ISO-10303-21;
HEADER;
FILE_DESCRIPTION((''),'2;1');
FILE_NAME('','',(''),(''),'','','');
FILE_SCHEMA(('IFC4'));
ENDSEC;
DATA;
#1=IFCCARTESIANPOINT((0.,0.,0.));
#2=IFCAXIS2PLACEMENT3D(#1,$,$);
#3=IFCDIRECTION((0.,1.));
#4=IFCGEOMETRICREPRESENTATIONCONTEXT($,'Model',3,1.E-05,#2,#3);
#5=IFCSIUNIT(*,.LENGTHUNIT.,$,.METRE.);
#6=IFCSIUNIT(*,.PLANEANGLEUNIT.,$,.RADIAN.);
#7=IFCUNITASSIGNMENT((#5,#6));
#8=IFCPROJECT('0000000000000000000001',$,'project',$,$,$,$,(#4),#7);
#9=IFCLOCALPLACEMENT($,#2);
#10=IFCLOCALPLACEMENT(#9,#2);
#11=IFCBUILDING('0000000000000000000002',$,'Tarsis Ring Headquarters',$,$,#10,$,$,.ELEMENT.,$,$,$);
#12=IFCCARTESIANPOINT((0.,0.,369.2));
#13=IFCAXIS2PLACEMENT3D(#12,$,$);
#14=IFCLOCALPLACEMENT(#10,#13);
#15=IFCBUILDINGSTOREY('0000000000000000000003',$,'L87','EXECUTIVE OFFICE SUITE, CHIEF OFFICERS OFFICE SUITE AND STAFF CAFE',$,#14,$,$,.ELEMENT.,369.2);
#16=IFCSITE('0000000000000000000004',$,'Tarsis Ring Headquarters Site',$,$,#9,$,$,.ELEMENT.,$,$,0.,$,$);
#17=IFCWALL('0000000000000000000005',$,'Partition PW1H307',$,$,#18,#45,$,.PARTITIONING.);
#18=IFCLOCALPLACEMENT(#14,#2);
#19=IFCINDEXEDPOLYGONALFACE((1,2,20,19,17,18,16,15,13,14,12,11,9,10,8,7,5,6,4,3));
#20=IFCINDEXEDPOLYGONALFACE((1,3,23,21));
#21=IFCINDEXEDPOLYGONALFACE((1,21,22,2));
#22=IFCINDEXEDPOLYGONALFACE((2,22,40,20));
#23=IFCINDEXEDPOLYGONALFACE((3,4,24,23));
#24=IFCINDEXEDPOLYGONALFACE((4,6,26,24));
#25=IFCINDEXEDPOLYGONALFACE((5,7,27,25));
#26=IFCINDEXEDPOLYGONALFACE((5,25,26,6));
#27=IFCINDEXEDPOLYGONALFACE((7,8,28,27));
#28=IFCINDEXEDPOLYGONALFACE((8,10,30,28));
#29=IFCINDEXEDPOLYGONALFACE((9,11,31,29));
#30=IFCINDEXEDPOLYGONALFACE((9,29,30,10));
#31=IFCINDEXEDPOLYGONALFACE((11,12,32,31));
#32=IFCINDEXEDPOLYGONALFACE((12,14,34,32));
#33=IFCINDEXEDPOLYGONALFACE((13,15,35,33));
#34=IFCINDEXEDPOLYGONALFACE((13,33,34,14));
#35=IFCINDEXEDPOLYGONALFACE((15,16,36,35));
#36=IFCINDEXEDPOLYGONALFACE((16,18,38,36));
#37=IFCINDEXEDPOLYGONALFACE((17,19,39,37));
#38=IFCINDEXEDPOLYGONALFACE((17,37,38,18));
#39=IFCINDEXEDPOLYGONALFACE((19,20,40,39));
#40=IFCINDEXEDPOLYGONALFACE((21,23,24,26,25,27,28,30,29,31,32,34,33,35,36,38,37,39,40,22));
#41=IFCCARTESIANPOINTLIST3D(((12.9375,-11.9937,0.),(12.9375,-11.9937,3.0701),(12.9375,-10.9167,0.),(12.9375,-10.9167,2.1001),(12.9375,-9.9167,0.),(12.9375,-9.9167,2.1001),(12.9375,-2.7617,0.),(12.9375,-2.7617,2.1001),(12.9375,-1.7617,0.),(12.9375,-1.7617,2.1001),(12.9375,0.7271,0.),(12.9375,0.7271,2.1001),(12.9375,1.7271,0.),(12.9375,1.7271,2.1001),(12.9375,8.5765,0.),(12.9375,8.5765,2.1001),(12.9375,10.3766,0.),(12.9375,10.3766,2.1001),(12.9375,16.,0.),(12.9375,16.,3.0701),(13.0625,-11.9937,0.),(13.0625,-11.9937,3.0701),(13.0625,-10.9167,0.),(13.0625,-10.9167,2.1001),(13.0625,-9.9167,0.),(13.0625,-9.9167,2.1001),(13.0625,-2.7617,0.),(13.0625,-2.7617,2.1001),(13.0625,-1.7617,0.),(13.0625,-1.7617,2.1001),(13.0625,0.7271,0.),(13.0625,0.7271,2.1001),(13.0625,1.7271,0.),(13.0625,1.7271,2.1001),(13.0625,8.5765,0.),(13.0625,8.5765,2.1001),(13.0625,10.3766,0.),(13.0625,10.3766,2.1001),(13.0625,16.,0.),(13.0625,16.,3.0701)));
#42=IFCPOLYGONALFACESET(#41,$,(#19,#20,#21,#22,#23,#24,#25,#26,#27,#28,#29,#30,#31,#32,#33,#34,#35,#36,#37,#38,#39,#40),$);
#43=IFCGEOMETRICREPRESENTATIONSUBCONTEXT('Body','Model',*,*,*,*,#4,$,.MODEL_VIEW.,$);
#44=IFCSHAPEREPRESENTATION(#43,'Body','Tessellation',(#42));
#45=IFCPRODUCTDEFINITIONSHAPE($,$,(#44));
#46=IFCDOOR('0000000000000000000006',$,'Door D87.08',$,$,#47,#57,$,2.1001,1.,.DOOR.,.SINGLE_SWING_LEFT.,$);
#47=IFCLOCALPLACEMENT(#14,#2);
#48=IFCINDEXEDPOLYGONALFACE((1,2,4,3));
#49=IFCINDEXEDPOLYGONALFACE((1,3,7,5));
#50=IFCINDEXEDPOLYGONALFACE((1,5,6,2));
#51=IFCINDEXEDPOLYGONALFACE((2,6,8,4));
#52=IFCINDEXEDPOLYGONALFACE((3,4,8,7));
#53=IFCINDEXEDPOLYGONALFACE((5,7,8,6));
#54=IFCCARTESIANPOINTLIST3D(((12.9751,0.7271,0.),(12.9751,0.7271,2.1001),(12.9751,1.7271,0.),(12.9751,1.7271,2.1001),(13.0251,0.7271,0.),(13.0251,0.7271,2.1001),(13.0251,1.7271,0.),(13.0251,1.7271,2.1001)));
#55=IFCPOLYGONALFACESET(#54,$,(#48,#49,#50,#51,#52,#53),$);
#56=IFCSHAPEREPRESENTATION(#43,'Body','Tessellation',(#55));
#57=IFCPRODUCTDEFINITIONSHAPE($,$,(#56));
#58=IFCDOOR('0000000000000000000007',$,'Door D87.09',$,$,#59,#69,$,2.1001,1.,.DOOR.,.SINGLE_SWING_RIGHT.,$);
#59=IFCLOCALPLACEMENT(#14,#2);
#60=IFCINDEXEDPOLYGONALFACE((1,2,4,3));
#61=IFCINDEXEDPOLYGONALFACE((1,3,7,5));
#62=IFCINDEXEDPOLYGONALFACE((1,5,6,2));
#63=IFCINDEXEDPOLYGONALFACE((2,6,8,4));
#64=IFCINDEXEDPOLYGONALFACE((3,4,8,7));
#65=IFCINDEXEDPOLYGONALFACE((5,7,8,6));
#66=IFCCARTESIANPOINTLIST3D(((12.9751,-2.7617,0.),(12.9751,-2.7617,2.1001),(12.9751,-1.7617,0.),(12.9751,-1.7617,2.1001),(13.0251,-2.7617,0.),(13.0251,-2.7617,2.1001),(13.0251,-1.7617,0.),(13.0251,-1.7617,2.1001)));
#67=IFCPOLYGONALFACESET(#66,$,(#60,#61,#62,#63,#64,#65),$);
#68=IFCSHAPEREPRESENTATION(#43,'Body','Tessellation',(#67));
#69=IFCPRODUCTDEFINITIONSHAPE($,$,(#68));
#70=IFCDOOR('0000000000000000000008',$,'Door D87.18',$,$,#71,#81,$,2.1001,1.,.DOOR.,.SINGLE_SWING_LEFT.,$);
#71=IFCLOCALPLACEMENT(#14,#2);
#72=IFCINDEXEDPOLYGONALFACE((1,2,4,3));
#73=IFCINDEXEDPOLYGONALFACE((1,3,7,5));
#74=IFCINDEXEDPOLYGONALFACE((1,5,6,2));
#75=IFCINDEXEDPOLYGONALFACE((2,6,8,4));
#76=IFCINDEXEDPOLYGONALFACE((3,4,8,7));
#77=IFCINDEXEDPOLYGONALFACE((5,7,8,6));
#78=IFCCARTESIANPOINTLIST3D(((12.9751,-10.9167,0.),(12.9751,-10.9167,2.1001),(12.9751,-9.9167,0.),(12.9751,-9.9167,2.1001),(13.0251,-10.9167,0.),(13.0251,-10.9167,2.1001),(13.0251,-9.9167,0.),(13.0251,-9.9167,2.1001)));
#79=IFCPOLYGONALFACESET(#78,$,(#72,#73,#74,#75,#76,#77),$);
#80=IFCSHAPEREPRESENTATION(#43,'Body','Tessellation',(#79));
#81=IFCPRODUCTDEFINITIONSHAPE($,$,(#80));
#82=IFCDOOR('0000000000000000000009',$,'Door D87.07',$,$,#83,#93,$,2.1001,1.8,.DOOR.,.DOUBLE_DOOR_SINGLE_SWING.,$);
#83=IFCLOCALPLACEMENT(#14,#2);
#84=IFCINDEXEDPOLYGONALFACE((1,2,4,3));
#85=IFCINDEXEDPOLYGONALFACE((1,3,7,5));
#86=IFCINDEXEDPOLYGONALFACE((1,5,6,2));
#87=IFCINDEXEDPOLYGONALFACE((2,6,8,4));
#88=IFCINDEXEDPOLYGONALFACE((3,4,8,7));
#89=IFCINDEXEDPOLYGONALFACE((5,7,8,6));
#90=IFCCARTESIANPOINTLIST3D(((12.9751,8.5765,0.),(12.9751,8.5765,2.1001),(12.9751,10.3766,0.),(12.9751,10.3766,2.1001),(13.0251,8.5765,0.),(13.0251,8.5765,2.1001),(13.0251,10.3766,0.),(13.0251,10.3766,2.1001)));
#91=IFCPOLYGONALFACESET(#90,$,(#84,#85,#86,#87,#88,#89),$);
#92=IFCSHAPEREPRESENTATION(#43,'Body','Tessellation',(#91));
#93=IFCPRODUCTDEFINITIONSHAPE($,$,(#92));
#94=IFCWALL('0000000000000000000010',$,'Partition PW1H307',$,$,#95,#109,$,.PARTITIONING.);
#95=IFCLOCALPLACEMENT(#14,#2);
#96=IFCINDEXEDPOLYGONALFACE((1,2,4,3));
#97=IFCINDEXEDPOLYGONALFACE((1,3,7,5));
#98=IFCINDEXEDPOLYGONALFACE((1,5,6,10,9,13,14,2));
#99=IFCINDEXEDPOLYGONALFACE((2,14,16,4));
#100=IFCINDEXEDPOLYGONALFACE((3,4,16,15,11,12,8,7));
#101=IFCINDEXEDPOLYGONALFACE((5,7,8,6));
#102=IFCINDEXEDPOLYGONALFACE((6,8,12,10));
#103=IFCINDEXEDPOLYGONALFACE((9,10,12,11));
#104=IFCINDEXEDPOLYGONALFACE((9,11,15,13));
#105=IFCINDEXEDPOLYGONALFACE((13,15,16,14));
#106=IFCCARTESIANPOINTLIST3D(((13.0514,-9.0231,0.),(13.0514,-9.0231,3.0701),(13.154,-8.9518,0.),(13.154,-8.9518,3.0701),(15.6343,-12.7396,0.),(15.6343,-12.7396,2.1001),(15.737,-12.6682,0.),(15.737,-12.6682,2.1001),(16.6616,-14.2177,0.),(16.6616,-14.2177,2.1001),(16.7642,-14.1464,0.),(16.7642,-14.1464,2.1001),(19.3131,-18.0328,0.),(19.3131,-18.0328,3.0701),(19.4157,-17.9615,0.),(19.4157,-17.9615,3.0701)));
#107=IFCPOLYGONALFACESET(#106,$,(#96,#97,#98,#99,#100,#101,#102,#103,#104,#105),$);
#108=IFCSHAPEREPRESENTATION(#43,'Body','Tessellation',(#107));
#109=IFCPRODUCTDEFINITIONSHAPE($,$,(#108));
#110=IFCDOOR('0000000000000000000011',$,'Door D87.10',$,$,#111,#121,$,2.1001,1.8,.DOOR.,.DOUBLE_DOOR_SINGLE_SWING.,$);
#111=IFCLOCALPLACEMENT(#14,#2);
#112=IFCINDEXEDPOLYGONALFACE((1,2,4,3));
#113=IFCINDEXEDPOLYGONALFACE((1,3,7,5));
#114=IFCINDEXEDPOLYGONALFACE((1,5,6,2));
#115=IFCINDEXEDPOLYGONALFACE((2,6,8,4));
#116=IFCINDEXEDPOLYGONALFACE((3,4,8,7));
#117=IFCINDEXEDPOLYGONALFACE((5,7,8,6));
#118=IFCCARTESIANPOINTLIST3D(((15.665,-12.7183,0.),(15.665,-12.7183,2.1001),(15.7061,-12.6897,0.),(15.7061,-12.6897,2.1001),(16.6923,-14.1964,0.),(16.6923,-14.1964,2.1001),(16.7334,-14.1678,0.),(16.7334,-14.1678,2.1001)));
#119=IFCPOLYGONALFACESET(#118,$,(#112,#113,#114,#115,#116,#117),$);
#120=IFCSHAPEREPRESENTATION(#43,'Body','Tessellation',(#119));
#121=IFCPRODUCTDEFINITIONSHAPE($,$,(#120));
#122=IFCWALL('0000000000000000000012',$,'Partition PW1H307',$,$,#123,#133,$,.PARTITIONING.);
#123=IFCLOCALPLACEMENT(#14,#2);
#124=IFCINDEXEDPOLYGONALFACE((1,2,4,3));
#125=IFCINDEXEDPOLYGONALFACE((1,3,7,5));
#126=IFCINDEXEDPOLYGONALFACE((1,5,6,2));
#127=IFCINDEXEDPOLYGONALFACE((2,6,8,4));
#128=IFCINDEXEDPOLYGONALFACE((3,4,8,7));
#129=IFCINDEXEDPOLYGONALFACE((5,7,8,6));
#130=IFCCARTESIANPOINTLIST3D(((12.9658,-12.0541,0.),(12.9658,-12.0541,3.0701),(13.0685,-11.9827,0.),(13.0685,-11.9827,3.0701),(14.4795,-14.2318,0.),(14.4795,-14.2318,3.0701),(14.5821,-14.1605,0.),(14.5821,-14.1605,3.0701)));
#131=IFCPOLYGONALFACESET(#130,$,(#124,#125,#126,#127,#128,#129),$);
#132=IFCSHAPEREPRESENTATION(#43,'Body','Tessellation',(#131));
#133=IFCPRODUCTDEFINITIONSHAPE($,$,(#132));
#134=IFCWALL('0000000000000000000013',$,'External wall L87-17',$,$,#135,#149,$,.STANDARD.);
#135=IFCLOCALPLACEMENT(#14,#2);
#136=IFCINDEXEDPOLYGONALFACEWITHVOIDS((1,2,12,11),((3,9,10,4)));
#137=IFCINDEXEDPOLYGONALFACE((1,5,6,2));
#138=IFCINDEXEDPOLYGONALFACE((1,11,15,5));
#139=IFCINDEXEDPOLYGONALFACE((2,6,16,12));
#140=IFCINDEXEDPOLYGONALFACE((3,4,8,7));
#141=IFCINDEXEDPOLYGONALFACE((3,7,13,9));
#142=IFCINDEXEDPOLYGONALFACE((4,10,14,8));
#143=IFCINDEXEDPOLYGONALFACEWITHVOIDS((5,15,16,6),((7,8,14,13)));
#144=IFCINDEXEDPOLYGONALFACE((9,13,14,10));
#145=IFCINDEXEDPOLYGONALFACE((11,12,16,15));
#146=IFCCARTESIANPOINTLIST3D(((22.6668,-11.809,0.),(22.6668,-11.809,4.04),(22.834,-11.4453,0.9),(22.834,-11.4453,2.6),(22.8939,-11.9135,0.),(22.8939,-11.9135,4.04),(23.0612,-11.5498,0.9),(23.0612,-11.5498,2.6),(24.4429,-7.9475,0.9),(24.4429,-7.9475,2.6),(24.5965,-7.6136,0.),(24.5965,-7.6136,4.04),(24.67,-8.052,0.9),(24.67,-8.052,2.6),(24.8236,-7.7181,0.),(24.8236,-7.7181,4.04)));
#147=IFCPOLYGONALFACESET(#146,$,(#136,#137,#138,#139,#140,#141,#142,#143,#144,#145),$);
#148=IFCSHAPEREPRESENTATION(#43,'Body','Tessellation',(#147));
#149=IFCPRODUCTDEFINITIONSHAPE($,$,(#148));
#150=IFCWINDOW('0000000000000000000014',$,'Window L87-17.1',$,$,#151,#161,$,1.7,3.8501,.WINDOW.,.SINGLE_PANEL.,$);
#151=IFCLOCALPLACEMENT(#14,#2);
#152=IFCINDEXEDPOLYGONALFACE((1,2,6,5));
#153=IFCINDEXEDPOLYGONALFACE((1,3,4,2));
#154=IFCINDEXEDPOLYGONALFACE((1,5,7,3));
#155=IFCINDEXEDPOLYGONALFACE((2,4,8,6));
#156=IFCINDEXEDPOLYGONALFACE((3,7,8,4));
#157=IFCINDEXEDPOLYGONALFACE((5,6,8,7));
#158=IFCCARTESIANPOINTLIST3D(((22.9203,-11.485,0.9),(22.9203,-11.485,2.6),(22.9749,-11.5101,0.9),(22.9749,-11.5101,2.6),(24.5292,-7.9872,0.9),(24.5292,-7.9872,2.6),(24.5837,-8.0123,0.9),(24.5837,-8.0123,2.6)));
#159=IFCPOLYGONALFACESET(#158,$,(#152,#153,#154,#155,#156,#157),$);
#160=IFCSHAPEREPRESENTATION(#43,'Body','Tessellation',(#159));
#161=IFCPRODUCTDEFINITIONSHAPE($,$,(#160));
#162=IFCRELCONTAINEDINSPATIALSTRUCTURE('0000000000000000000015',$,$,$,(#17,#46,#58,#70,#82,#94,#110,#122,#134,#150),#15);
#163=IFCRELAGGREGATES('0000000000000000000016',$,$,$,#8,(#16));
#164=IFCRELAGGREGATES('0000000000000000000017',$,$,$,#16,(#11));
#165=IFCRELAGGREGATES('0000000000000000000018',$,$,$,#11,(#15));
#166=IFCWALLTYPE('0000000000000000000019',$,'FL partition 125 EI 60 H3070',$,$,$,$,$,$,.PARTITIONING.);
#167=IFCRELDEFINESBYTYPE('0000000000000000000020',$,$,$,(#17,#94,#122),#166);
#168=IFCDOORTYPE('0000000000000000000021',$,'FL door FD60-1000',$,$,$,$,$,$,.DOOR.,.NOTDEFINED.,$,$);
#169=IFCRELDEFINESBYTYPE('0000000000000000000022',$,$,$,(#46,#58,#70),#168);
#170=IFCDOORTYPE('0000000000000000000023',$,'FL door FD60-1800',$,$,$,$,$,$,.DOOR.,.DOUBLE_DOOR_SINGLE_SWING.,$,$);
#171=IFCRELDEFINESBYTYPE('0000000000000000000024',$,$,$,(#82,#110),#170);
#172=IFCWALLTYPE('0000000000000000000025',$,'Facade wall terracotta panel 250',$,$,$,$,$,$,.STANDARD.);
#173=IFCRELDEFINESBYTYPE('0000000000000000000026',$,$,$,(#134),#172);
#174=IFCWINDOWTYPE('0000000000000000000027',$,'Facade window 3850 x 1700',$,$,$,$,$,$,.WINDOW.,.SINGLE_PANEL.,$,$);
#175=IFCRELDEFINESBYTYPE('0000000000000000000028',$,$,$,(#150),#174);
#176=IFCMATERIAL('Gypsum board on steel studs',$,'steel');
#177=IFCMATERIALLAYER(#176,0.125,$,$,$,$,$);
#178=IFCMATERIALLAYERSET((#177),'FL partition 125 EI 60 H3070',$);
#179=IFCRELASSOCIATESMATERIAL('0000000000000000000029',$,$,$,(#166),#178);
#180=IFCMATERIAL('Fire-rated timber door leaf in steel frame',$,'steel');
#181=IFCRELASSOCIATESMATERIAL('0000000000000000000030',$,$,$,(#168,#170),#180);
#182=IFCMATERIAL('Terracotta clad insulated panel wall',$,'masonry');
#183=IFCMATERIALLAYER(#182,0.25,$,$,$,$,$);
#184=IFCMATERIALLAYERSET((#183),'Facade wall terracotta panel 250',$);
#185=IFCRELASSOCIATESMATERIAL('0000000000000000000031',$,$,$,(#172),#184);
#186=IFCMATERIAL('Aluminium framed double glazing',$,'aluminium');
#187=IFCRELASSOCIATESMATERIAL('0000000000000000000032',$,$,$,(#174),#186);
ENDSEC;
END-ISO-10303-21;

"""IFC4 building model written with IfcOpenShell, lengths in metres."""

from ifc_helpers import new_model, si_unit, direction, frame, frame_2d, origin, place, context, subcontext, project, spatial, rectangle, extrude, material, layer, layer_set, type_object, element, fill, save


model = new_model("IFC4")

# Units and contexts
model_context = context("Model", 3, precision=1e-05, world=origin(), true_north=direction((0.0, 1.0)))
body_context = subcontext(model_context, "Body", "Model", "MODEL_VIEW")
ifc_project = project(units=[si_unit("LENGTHUNIT", "METRE"), si_unit("PLANEANGLEUNIT", "RADIAN")], contexts=[model_context])

# Site, building, storey
site_placement = place(None, origin())
site = spatial("IfcSite", under=ifc_project, at=site_placement, Name="Tarsis Ring Headquarters Site", CompositionType="ELEMENT", RefElevation=0.0)
building_placement = place(site_placement, origin())
building = spatial("IfcBuilding", under=site, at=building_placement, Name="Tarsis Ring Headquarters", CompositionType="ELEMENT")
storey_placement = place(building_placement, frame((0.0, 0.0, 369.2)))
storey = spatial("IfcBuildingStorey", under=building, at=storey_placement, Name="L87", Description="EXECUTIVE OFFICE SUITE, CHIEF OFFICERS OFFICE SUITE AND STAFF CAFE", CompositionType="ELEMENT", Elevation=369.2)

# Shared definitions
ifc_material_1 = material(Name="Gypsum board on steel studs", Category="steel")

# Wall, openings, doors
ifc_layer_1 = layer(ifc_material_1, 0.125)
ifc_layer_set_1 = layer_set([ifc_layer_1], Name="FL partition 125 EI 60 H3070")
wall_type_1 = type_object("IfcWallType", Name="FL partition 125 EI 60 H3070", PredefinedType="PARTITIONING", material=ifc_layer_set_1)
wall_1_placement = place(storey_placement, frame((13.0, -11.9937, 0.0), z_axis=(0.0, 0.0, 1.0), x_axis=(0.0, 1.0, 0.0)))
wall_1 = element("IfcWall", 1, at=wall_1_placement, inside=storey, type_object=wall_type_1, Name="Partition PW1H307", PredefinedType="PARTITIONING", context=body_context, shape_type="SweptSolid", body=[
    extrude(rectangle(XDim=27.9937, YDim=0.125, at=frame_2d((13.9968, 0.0))), origin(), (0.0, 0.0, 1.0), 3.0701),
])
opening_1_placement = place(wall_1_placement, frame((20.5703, 0.0, 0.0)))
opening_1 = element("IfcOpeningElement", 2, at=opening_1_placement, cuts=wall_1, PredefinedType="OPENING", context=body_context, shape_type="SweptSolid", body=[
    extrude(rectangle(XDim=1.8, YDim=2.1001, at=frame_2d((0.8999, 1.05))), frame((0.0, 0.0725, 0.0), z_axis=(0.0, -1.0, 0.0), x_axis=(1.0, 0.0, 0.0)), (0.0, 0.0, 1.0), 0.145),
])
opening_2_placement = place(wall_1_placement, frame((12.7207, 0.0, 0.0)))
opening_2 = element("IfcOpeningElement", 3, at=opening_2_placement, cuts=wall_1, PredefinedType="OPENING", context=body_context, shape_type="SweptSolid", body=[
    extrude(rectangle(XDim=1.0, YDim=2.1001, at=frame_2d((0.5, 1.05))), frame((0.0, 0.0725, 0.0), z_axis=(0.0, -1.0, 0.0), x_axis=(1.0, 0.0, 0.0)), (0.0, 0.0, 1.0), 0.145),
])
opening_3_placement = place(wall_1_placement, frame((9.2319, 0.0, 0.0)))
opening_3 = element("IfcOpeningElement", 4, at=opening_3_placement, cuts=wall_1, PredefinedType="OPENING", context=body_context, shape_type="SweptSolid", body=[
    extrude(rectangle(XDim=1.0, YDim=2.1001, at=frame_2d((0.5, 1.05))), frame((0.0, 0.0725, 0.0), z_axis=(0.0, -1.0, 0.0), x_axis=(1.0, 0.0, 0.0)), (0.0, 0.0, 1.0), 0.145),
])
opening_4_placement = place(wall_1_placement, frame((1.0769, 0.0, 0.0)))
opening_4 = element("IfcOpeningElement", 5, at=opening_4_placement, cuts=wall_1, PredefinedType="OPENING", context=body_context, shape_type="SweptSolid", body=[
    extrude(rectangle(XDim=1.0, YDim=2.1001, at=frame_2d((0.5, 1.05))), frame((0.0, 0.0725, 0.0), z_axis=(0.0, -1.0, 0.0), x_axis=(1.0, 0.0, 0.0)), (0.0, 0.0, 1.0), 0.145),
])
ifc_material_2 = material(Name="Fire-rated timber door leaf in steel frame", Category="steel")
door_type_1 = type_object("IfcDoorType", Name="FL door FD60-1000", OperationType="NOTDEFINED", PredefinedType="DOOR", material=ifc_material_2)
door_1_placement = place(opening_2_placement, origin())
door_1 = element("IfcDoor", 6, at=door_1_placement, inside=storey, type_object=door_type_1, Name="Door D87.08", OperationType="SINGLE_SWING_LEFT", OverallHeight=2.1001, OverallWidth=1.0, PredefinedType="DOOR", context=body_context, shape_type="SweptSolid", body=[
    extrude(rectangle(XDim=1.0, YDim=2.1001, at=frame_2d((0.5, 1.05))), frame((0.0, 0.0249, 0.0), z_axis=(0.0, -1.0, 0.0), x_axis=(1.0, 0.0, 0.0)), (0.0, 0.0, 1.0), 0.05),
])
fill(opening_2, door_1)
door_2_placement = place(opening_3_placement, origin())
door_2 = element("IfcDoor", 7, at=door_2_placement, inside=storey, type_object=door_type_1, Name="Door D87.09", OperationType="SINGLE_SWING_RIGHT", OverallHeight=2.1001, OverallWidth=1.0, PredefinedType="DOOR", context=body_context, shape_type="SweptSolid", body=[
    extrude(rectangle(XDim=1.0, YDim=2.1001, at=frame_2d((0.5, 1.05))), frame((0.0, 0.0249, 0.0), z_axis=(0.0, -1.0, 0.0), x_axis=(1.0, 0.0, 0.0)), (0.0, 0.0, 1.0), 0.05),
])
fill(opening_3, door_2)
door_3_placement = place(opening_4_placement, origin())
door_3 = element("IfcDoor", 8, at=door_3_placement, inside=storey, type_object=door_type_1, Name="Door D87.18", OperationType="SINGLE_SWING_LEFT", OverallHeight=2.1001, OverallWidth=1.0, PredefinedType="DOOR", context=body_context, shape_type="SweptSolid", body=[
    extrude(rectangle(XDim=1.0, YDim=2.1001, at=frame_2d((0.5, 1.05))), frame((0.0, 0.0249, 0.0), z_axis=(0.0, -1.0, 0.0), x_axis=(1.0, 0.0, 0.0)), (0.0, 0.0, 1.0), 0.05),
])
fill(opening_4, door_3)
door_type_2 = type_object("IfcDoorType", Name="FL door FD60-1800", OperationType="DOUBLE_DOOR_SINGLE_SWING", PredefinedType="DOOR", material=ifc_material_2)
door_4_placement = place(opening_1_placement, origin())
door_4 = element("IfcDoor", 9, at=door_4_placement, inside=storey, type_object=door_type_2, Name="Door D87.07", OperationType="DOUBLE_DOOR_SINGLE_SWING", OverallHeight=2.1001, OverallWidth=1.8, PredefinedType="DOOR", context=body_context, shape_type="SweptSolid", body=[
    extrude(rectangle(XDim=1.8, YDim=2.1001, at=frame_2d((0.8999, 1.05))), frame((0.0, 0.0249, 0.0), z_axis=(0.0, -1.0, 0.0), x_axis=(1.0, 0.0, 0.0)), (0.0, 0.0, 1.0), 0.05),
])
fill(opening_1, door_4)

# Wall, opening, door
wall_2_placement = place(storey_placement, frame((13.1028, -8.9875, 0.0), z_axis=(0.0, 0.0, 1.0), x_axis=(0.570699, -0.821159, 0.0)))
wall_2 = element("IfcWall", 10, at=wall_2_placement, inside=storey, type_object=wall_type_1, Name="Partition PW1H307", PredefinedType="PARTITIONING", context=body_context, shape_type="SweptSolid", body=[
    extrude(rectangle(XDim=10.9719, YDim=0.125, at=frame_2d((5.4858, 0.0))), origin(), (0.0, 0.0, 1.0), 3.0701),
])
opening_5_placement = place(wall_2_placement, frame((4.5259, 0.0, 0.0)))
opening_5 = element("IfcOpeningElement", 11, at=opening_5_placement, cuts=wall_2, PredefinedType="OPENING", context=body_context, shape_type="SweptSolid", body=[
    extrude(rectangle(XDim=1.8, YDim=2.1001, at=frame_2d((0.8999, 1.05))), frame((0.0, 0.0725, 0.0), z_axis=(0.0, -1.0, 0.0), x_axis=(1.0, 0.0, 0.0)), (0.0, 0.0, 1.0), 0.145),
])
door_5_placement = place(opening_5_placement, origin())
door_5 = element("IfcDoor", 12, at=door_5_placement, inside=storey, type_object=door_type_2, Name="Door D87.10", OperationType="DOUBLE_DOOR_SINGLE_SWING", OverallHeight=2.1001, OverallWidth=1.8, PredefinedType="DOOR", context=body_context, shape_type="SweptSolid", body=[
    extrude(rectangle(XDim=1.8, YDim=2.1001, at=frame_2d((0.8999, 1.05))), frame((0.0, 0.0249, 0.0), z_axis=(0.0, -1.0, 0.0), x_axis=(1.0, 0.0, 0.0)), (0.0, 0.0, 1.0), 0.05),
])
fill(opening_5, door_5)

# Wall
wall_3_placement = place(storey_placement, frame((13.0171, -12.0183, 0.0), z_axis=(0.0, 0.0, 1.0), x_axis=(0.570741, -0.82113, 0.0)))
element("IfcWall", 13, at=wall_3_placement, inside=storey, type_object=wall_type_1, Name="Partition PW1H307", PredefinedType="PARTITIONING", context=body_context, shape_type="SweptSolid", body=[
    extrude(rectangle(XDim=2.6521, YDim=0.125, at=frame_2d((1.3262, 0.0))), origin(), (0.0, 0.0, 1.0), 3.0701),
])

# Wall, opening, window
ifc_material_3 = material(Name="Terracotta clad insulated panel wall", Category="masonry")
ifc_layer_2 = layer(ifc_material_3, 0.25)
ifc_layer_set_2 = layer_set([ifc_layer_2], Name="Facade wall terracotta panel 250")
wall_type_2 = type_object("IfcWallType", Name="Facade wall terracotta panel 250", PredefinedType="STANDARD", material=ifc_layer_set_2)
wall_4_placement = place(storey_placement, frame((22.7803, -11.8613, 0.0), z_axis=(0.0, 0.0, 1.0), x_axis=(0.417878, 0.908503, 0.0)))
wall_4 = element("IfcWall", 14, at=wall_4_placement, inside=storey, type_object=wall_type_2, Name="External wall L87-17", PredefinedType="STANDARD", context=body_context, shape_type="SweptSolid", body=[
    extrude(rectangle(XDim=4.6179, YDim=0.25, at=frame_2d((2.3091, 0.0))), origin(), (0.0, 0.0, 1.0), 4.04),
])
opening_6_placement = place(wall_4_placement, frame((0.4004, 0.0, 0.8999)))
opening_6 = element("IfcOpeningElement", 15, at=opening_6_placement, cuts=wall_4, PredefinedType="OPENING", context=body_context, shape_type="SweptSolid", body=[
    extrude(rectangle(XDim=3.8501, YDim=1.7, at=frame_2d((1.925, 0.8501))), frame((0.0, 0.135, 0.0), z_axis=(0.0, -1.0, 0.0), x_axis=(1.0, 0.0, 0.0)), (0.0, 0.0, 1.0), 0.27),
])
ifc_material_4 = material(Name="Aluminium framed double glazing", Category="aluminium")
window_type_1 = type_object("IfcWindowType", Name="Facade window 3850 x 1700", PartitioningType="SINGLE_PANEL", PredefinedType="WINDOW", material=ifc_material_4)
window_1_placement = place(opening_6_placement, origin())
window_1 = element("IfcWindow", 16, at=window_1_placement, inside=storey, type_object=window_type_1, Name="Window L87-17.1", OverallHeight=1.7, OverallWidth=3.8501, PartitioningType="SINGLE_PANEL", PredefinedType="WINDOW", context=body_context, shape_type="SweptSolid", body=[
    extrude(rectangle(XDim=3.8501, YDim=1.7, at=frame_2d((1.925, 0.8501))), frame((0.0, 0.03, 0.0), z_axis=(0.0, -1.0, 0.0), x_axis=(1.0, 0.0, 0.0)), (0.0, 0.0, 1.0), 0.0601),
])
fill(opening_6, window_1)

save(model, "model.ifc")
